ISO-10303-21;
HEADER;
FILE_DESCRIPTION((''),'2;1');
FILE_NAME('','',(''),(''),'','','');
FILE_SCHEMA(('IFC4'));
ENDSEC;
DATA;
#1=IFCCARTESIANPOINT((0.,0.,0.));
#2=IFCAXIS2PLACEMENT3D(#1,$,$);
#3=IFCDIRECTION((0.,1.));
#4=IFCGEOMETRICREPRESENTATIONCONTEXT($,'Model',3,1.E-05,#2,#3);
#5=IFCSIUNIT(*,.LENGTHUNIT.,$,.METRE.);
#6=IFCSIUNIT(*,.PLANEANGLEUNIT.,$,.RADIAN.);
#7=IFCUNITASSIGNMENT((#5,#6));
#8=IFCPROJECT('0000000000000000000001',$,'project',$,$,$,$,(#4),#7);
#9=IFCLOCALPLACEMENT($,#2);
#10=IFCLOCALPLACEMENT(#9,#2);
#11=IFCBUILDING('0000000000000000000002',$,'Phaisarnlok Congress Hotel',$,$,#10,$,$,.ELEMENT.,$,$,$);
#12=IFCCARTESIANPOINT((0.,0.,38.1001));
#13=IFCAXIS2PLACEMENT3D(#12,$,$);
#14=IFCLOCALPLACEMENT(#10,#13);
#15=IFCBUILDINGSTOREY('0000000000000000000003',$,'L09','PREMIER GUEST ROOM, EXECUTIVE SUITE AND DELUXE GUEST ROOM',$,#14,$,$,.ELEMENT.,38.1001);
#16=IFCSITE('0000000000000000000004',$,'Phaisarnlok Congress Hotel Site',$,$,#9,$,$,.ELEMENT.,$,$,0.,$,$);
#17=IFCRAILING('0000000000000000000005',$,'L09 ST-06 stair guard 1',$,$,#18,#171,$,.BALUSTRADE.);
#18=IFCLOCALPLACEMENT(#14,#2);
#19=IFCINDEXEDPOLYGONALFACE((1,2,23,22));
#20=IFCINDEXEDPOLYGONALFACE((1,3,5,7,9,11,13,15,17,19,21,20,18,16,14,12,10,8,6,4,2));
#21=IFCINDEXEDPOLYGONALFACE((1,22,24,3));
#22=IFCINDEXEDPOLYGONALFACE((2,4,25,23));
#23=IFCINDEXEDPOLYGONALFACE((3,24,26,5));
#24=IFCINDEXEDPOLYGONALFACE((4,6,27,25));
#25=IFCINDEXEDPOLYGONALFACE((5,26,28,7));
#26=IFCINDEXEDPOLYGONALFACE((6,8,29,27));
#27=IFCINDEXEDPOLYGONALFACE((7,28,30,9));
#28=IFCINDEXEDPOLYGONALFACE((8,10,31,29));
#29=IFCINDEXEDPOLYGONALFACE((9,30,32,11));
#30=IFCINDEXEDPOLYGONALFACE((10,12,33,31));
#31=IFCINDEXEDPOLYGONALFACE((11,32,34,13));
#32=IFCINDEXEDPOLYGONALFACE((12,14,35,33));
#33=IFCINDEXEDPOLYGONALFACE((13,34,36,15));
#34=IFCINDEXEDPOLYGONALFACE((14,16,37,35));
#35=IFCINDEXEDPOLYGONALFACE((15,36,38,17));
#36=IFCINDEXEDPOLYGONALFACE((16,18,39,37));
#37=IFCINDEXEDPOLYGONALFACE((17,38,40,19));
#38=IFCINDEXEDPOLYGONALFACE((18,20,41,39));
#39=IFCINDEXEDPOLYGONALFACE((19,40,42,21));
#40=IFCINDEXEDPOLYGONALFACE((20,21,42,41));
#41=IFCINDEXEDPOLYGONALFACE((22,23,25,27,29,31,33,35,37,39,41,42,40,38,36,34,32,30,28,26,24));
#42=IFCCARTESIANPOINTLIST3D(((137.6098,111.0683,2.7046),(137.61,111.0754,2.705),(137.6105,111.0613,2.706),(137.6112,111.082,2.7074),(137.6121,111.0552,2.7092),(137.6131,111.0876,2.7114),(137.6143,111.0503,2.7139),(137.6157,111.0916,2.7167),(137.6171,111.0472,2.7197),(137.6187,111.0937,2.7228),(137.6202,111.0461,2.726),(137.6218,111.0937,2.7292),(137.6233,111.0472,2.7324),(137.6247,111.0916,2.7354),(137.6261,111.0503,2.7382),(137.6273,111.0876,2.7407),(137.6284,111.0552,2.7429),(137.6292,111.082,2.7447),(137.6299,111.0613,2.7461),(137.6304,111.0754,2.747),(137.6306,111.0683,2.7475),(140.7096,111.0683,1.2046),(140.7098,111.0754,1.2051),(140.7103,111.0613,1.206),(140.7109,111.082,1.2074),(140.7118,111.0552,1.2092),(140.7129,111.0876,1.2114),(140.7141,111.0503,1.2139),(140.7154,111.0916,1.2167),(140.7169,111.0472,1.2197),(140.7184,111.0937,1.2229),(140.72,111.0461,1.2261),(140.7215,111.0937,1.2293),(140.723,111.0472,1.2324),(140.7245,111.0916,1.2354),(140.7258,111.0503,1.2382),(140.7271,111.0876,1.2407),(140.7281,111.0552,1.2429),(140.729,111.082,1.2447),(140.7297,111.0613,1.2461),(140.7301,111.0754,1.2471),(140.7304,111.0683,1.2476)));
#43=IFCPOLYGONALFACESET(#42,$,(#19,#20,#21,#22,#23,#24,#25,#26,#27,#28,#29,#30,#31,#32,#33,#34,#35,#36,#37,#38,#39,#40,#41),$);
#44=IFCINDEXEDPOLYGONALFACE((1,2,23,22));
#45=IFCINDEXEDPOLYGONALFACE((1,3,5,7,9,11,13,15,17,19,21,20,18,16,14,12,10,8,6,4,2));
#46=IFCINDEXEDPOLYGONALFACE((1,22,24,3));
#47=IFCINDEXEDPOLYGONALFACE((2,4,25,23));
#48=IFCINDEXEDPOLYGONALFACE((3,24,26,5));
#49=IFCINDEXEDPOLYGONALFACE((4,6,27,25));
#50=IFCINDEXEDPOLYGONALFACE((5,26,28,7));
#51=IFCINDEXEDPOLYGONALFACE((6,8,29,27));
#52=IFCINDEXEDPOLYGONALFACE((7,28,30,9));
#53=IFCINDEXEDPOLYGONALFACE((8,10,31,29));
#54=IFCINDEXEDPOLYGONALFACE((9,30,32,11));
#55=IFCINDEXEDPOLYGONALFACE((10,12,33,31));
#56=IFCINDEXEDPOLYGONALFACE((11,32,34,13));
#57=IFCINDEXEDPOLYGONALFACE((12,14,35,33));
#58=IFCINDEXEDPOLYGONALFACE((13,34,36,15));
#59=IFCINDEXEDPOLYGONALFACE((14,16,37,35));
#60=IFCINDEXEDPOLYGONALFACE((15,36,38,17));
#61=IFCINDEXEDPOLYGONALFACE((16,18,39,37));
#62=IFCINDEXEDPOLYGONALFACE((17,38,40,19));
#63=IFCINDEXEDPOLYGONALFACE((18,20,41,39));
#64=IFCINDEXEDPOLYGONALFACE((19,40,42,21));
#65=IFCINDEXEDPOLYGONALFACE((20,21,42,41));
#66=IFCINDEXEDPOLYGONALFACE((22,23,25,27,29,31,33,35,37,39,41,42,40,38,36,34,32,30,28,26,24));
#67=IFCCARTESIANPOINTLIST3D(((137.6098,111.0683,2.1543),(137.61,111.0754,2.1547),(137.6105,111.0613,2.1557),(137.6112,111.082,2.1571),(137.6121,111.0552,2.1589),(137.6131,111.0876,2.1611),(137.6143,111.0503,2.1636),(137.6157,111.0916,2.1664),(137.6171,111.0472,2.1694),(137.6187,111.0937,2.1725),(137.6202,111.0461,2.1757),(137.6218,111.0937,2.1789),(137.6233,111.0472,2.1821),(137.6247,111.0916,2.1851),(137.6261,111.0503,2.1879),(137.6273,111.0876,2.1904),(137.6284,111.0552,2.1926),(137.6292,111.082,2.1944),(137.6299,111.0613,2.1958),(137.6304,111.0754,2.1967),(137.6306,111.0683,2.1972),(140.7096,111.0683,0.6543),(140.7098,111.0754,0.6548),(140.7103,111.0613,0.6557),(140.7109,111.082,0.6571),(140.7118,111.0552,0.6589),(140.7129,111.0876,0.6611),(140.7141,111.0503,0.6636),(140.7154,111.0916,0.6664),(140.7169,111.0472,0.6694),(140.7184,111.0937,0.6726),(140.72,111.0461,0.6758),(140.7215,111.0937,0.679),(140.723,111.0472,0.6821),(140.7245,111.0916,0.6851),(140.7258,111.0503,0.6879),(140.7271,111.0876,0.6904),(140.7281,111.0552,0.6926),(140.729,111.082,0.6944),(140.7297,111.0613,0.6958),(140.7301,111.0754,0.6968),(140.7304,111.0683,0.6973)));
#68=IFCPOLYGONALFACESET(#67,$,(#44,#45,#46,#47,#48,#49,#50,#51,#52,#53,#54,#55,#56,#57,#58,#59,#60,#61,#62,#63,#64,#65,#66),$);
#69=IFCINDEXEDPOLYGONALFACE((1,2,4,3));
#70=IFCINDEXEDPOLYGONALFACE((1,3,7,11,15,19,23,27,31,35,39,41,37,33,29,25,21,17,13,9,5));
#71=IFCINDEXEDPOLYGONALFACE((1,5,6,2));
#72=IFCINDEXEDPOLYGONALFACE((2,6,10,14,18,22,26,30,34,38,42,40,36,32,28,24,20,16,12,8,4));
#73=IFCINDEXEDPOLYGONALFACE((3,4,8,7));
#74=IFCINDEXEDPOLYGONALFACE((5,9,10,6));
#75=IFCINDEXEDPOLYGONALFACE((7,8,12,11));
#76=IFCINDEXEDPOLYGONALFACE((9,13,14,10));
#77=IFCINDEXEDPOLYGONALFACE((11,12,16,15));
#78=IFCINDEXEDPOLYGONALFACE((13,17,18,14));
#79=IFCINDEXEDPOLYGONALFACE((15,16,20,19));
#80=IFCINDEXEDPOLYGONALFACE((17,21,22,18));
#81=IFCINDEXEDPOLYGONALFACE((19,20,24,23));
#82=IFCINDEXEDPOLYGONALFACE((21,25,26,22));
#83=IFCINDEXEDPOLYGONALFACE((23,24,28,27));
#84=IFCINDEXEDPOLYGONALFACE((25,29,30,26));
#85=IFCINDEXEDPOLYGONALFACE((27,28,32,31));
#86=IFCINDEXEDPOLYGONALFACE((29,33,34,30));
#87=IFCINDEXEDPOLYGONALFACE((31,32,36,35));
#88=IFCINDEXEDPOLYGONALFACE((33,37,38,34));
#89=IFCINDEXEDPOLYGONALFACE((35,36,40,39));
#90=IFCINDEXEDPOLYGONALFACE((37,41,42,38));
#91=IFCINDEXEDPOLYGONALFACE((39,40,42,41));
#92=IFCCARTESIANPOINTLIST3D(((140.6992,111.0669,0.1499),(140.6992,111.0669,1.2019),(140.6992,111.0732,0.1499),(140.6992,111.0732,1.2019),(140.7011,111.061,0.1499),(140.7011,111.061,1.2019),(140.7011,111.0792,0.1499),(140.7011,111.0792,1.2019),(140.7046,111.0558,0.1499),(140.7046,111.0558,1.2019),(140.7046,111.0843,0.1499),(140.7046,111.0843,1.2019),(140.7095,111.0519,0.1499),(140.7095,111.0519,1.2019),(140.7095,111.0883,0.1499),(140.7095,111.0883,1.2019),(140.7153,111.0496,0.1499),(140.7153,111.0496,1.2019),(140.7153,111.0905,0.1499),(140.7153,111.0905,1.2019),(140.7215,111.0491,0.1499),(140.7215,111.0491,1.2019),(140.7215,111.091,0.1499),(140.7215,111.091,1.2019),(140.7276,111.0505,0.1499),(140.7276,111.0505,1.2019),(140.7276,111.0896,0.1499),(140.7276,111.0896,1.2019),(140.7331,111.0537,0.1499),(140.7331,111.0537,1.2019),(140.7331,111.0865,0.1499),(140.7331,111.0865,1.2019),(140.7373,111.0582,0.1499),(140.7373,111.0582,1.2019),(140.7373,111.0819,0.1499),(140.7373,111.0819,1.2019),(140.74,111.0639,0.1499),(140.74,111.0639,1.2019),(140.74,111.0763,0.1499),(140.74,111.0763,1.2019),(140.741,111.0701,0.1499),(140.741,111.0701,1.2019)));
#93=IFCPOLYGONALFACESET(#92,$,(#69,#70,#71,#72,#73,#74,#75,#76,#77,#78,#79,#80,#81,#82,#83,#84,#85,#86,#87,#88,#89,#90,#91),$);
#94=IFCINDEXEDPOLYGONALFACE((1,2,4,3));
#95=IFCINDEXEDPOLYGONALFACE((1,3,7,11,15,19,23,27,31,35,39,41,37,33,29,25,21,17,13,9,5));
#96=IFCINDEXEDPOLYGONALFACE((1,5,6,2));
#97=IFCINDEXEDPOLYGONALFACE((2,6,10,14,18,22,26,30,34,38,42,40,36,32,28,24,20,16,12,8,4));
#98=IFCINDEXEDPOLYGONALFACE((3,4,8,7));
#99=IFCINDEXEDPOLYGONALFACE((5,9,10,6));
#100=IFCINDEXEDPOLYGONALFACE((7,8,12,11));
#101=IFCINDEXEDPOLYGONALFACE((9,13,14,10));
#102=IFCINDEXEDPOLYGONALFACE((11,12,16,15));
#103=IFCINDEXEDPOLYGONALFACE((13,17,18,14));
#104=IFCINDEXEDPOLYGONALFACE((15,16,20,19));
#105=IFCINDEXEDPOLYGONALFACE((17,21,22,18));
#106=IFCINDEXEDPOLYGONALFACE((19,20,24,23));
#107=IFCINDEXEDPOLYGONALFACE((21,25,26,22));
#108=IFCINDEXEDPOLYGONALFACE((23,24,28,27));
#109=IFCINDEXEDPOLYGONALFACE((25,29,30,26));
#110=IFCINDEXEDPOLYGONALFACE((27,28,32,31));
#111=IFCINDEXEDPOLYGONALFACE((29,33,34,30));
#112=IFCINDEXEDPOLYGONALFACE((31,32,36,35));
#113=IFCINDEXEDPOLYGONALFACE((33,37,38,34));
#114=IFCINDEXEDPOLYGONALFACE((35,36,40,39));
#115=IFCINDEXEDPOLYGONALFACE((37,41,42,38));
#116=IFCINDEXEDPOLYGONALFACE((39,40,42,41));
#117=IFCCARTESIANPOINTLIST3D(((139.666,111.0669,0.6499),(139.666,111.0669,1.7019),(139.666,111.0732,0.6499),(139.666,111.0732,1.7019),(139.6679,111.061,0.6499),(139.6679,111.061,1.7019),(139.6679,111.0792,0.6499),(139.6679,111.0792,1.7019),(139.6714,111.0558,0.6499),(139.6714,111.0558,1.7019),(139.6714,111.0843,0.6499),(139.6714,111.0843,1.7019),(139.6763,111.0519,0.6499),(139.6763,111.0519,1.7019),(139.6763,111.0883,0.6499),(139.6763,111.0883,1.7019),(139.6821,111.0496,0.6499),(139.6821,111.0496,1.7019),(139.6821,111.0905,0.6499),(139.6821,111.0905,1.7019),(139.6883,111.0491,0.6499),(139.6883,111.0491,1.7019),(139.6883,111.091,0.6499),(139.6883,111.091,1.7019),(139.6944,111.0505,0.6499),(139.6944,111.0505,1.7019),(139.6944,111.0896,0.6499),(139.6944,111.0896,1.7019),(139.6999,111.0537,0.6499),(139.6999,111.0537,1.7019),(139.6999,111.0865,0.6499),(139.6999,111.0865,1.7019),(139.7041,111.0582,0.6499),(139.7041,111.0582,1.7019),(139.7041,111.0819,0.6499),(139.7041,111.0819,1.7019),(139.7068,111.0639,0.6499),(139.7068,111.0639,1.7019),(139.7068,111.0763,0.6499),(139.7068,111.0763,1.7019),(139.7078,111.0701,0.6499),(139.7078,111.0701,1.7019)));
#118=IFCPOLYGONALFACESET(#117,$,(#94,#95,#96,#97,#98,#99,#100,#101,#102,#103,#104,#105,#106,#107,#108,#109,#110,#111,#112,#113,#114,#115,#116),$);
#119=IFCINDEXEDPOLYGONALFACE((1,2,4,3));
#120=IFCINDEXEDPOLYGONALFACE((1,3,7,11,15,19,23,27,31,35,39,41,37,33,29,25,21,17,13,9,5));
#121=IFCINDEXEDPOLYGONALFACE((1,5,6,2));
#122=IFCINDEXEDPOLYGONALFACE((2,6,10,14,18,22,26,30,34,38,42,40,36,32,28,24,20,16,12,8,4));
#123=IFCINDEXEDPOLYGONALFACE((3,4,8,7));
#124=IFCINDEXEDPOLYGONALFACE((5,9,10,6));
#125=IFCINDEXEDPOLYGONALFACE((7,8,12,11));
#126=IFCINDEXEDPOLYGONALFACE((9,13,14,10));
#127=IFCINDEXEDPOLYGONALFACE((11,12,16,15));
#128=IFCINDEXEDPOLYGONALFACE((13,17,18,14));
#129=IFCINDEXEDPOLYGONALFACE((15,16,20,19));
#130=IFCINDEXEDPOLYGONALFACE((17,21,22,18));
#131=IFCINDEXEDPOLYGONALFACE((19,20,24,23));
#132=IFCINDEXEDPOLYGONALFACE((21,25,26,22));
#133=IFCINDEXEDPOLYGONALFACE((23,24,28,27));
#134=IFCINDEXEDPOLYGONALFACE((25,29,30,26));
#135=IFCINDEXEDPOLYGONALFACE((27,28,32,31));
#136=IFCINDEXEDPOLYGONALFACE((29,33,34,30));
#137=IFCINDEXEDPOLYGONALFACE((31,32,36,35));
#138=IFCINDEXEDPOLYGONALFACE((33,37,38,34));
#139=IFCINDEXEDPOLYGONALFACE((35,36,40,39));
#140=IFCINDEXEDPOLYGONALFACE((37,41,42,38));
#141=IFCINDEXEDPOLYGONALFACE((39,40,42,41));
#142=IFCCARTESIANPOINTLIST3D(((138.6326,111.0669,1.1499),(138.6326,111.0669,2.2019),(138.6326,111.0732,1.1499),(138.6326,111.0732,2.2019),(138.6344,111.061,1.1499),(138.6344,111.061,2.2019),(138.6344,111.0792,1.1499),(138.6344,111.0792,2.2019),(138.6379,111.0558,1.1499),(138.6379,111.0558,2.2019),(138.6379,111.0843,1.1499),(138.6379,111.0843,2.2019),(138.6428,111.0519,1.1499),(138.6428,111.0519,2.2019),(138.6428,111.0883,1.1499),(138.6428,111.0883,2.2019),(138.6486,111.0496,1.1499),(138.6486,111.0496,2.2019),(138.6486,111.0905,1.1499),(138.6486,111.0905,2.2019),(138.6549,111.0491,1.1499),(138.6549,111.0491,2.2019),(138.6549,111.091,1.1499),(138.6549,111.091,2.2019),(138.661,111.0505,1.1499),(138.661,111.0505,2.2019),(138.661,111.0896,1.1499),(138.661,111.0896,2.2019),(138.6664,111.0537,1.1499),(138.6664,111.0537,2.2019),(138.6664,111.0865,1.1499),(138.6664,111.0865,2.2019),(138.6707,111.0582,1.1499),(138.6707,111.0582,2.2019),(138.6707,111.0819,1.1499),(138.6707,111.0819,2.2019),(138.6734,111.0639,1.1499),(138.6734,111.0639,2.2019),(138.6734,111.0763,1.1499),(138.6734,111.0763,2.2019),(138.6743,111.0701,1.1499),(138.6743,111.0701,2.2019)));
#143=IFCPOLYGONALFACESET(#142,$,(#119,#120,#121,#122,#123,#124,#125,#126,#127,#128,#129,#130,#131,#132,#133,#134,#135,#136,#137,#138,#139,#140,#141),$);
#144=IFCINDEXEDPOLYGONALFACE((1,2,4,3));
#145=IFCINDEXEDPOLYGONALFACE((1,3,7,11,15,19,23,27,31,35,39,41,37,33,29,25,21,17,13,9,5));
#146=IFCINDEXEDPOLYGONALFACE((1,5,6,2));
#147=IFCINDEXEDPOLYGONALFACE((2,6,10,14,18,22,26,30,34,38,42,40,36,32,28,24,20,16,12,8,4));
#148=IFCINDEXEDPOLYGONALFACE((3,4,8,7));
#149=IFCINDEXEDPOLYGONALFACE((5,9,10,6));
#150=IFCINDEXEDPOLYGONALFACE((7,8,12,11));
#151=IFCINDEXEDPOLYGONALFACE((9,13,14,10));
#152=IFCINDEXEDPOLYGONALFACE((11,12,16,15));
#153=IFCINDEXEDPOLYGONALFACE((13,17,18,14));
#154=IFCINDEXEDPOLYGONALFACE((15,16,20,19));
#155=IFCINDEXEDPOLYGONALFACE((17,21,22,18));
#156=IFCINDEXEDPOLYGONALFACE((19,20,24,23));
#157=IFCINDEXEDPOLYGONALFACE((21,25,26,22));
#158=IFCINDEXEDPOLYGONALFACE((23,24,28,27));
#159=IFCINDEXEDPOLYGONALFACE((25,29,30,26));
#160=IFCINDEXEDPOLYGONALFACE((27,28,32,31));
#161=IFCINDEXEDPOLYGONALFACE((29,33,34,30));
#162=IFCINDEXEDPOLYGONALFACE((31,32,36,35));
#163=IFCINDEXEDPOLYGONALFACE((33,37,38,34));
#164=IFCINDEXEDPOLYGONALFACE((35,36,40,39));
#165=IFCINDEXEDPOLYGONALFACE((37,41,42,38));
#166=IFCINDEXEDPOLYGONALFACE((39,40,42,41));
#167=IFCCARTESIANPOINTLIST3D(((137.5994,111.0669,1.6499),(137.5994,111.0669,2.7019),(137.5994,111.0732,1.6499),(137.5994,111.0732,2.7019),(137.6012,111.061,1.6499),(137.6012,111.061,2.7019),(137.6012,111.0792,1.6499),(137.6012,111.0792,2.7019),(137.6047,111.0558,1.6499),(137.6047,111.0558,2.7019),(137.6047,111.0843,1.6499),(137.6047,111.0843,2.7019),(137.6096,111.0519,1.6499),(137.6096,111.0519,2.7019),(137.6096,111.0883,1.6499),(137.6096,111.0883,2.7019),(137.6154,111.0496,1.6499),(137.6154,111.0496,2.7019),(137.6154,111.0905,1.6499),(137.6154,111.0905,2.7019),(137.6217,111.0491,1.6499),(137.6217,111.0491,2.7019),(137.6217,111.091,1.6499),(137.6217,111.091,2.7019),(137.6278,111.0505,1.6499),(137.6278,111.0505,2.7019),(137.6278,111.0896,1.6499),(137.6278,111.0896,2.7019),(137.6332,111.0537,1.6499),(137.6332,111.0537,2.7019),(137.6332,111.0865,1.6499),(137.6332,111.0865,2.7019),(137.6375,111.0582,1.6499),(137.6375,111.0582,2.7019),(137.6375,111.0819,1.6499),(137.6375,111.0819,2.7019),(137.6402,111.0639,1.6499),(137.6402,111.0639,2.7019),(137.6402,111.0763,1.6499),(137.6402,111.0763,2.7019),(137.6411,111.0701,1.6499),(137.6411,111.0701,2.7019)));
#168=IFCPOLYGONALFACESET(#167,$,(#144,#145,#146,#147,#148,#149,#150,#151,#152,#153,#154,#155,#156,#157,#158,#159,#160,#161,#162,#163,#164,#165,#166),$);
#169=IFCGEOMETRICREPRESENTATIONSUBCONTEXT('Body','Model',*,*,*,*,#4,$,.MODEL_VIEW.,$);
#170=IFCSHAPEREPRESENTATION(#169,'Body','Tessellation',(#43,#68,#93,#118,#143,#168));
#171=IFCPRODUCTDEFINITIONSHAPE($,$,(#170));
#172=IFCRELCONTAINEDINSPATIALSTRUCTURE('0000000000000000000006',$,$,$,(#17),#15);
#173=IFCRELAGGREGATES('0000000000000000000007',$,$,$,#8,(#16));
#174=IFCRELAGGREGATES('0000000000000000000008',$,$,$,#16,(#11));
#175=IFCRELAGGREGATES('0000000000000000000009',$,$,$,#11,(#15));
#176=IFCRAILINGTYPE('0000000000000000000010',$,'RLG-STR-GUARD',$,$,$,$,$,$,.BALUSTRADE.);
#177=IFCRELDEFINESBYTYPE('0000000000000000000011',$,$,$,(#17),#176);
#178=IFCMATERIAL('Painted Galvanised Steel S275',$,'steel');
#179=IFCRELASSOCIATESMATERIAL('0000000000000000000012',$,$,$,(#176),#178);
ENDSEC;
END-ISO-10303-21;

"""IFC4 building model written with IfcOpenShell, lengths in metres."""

from ifc_helpers import new_model, si_unit, direction, frame, origin, origin_2d, place, context, subcontext, project, spatial, circle, extrude, material, type_object, element, save


model = new_model("IFC4")

# Units and contexts
model_context = context("Model", 3, precision=1e-05, world=origin(), true_north=direction((0.0, 1.0)))
body_context = subcontext(model_context, "Body", "Model", "MODEL_VIEW")
ifc_project = project(units=[si_unit("LENGTHUNIT", "METRE"), si_unit("PLANEANGLEUNIT", "RADIAN")], contexts=[model_context])

# Site, building, storey
site_placement = place(None, origin())
site = spatial("IfcSite", under=ifc_project, at=site_placement, Name="Phaisarnlok Congress Hotel Site", CompositionType="ELEMENT", RefElevation=0.0)
building_placement = place(site_placement, origin())
building = spatial("IfcBuilding", under=site, at=building_placement, Name="Phaisarnlok Congress Hotel", CompositionType="ELEMENT")
storey_placement = place(building_placement, frame((0.0, 0.0, 38.1001)))
storey = spatial("IfcBuildingStorey", under=building, at=storey_placement, Name="L09", Description="PREMIER GUEST ROOM, EXECUTIVE SUITE AND DELUXE GUEST ROOM", CompositionType="ELEMENT", Elevation=38.1001)

# Railing
ifc_material_1 = material(Name="Painted Galvanised Steel S275", Category="steel")
railing_type = type_object("IfcRailingType", Name="RLG-STR-GUARD", PredefinedType="BALUSTRADE", material=ifc_material_1)
railing_1_placement = place(storey_placement, frame((140.72, 111.0701, 0.1499)))
element("IfcRailing", 1, at=railing_1_placement, inside=storey, type_object=railing_type, Name="L09 ST-06 stair guard 1", PredefinedType="BALUSTRADE", context=body_context, shape_type="SweptSolid", body=[
    extrude(circle(Radius=0.0239, at=origin_2d()), frame((0.0, 0.0, 1.0762), z_axis=(-0.900151, 0.0, 0.435578), x_axis=(0.0, -1.0, 0.0)), (0.0, 0.0, 1.0), 3.4436),
    extrude(circle(Radius=0.0239, at=origin_2d()), frame((0.0, 0.0, 0.5259), z_axis=(-0.900151, 0.0, 0.435578), x_axis=(0.0, -1.0, 0.0)), (0.0, 0.0, 1.0), 3.4436),
    extrude(circle(Radius=0.021, at=origin_2d()), origin(), (0.0, 0.0, 1.0), 1.052),
    extrude(circle(Radius=0.021, at=origin_2d()), frame((-1.0332, 0.0, 0.5)), (0.0, 0.0, 1.0), 1.052),
    extrude(circle(Radius=0.021, at=origin_2d()), frame((-2.0667, 0.0, 1.0)), (0.0, 0.0, 1.0), 1.052),
    extrude(circle(Radius=0.021, at=origin_2d()), frame((-3.0999, 0.0, 1.5)), (0.0, 0.0, 1.0), 1.052),
])

save(model, "model.ifc")
